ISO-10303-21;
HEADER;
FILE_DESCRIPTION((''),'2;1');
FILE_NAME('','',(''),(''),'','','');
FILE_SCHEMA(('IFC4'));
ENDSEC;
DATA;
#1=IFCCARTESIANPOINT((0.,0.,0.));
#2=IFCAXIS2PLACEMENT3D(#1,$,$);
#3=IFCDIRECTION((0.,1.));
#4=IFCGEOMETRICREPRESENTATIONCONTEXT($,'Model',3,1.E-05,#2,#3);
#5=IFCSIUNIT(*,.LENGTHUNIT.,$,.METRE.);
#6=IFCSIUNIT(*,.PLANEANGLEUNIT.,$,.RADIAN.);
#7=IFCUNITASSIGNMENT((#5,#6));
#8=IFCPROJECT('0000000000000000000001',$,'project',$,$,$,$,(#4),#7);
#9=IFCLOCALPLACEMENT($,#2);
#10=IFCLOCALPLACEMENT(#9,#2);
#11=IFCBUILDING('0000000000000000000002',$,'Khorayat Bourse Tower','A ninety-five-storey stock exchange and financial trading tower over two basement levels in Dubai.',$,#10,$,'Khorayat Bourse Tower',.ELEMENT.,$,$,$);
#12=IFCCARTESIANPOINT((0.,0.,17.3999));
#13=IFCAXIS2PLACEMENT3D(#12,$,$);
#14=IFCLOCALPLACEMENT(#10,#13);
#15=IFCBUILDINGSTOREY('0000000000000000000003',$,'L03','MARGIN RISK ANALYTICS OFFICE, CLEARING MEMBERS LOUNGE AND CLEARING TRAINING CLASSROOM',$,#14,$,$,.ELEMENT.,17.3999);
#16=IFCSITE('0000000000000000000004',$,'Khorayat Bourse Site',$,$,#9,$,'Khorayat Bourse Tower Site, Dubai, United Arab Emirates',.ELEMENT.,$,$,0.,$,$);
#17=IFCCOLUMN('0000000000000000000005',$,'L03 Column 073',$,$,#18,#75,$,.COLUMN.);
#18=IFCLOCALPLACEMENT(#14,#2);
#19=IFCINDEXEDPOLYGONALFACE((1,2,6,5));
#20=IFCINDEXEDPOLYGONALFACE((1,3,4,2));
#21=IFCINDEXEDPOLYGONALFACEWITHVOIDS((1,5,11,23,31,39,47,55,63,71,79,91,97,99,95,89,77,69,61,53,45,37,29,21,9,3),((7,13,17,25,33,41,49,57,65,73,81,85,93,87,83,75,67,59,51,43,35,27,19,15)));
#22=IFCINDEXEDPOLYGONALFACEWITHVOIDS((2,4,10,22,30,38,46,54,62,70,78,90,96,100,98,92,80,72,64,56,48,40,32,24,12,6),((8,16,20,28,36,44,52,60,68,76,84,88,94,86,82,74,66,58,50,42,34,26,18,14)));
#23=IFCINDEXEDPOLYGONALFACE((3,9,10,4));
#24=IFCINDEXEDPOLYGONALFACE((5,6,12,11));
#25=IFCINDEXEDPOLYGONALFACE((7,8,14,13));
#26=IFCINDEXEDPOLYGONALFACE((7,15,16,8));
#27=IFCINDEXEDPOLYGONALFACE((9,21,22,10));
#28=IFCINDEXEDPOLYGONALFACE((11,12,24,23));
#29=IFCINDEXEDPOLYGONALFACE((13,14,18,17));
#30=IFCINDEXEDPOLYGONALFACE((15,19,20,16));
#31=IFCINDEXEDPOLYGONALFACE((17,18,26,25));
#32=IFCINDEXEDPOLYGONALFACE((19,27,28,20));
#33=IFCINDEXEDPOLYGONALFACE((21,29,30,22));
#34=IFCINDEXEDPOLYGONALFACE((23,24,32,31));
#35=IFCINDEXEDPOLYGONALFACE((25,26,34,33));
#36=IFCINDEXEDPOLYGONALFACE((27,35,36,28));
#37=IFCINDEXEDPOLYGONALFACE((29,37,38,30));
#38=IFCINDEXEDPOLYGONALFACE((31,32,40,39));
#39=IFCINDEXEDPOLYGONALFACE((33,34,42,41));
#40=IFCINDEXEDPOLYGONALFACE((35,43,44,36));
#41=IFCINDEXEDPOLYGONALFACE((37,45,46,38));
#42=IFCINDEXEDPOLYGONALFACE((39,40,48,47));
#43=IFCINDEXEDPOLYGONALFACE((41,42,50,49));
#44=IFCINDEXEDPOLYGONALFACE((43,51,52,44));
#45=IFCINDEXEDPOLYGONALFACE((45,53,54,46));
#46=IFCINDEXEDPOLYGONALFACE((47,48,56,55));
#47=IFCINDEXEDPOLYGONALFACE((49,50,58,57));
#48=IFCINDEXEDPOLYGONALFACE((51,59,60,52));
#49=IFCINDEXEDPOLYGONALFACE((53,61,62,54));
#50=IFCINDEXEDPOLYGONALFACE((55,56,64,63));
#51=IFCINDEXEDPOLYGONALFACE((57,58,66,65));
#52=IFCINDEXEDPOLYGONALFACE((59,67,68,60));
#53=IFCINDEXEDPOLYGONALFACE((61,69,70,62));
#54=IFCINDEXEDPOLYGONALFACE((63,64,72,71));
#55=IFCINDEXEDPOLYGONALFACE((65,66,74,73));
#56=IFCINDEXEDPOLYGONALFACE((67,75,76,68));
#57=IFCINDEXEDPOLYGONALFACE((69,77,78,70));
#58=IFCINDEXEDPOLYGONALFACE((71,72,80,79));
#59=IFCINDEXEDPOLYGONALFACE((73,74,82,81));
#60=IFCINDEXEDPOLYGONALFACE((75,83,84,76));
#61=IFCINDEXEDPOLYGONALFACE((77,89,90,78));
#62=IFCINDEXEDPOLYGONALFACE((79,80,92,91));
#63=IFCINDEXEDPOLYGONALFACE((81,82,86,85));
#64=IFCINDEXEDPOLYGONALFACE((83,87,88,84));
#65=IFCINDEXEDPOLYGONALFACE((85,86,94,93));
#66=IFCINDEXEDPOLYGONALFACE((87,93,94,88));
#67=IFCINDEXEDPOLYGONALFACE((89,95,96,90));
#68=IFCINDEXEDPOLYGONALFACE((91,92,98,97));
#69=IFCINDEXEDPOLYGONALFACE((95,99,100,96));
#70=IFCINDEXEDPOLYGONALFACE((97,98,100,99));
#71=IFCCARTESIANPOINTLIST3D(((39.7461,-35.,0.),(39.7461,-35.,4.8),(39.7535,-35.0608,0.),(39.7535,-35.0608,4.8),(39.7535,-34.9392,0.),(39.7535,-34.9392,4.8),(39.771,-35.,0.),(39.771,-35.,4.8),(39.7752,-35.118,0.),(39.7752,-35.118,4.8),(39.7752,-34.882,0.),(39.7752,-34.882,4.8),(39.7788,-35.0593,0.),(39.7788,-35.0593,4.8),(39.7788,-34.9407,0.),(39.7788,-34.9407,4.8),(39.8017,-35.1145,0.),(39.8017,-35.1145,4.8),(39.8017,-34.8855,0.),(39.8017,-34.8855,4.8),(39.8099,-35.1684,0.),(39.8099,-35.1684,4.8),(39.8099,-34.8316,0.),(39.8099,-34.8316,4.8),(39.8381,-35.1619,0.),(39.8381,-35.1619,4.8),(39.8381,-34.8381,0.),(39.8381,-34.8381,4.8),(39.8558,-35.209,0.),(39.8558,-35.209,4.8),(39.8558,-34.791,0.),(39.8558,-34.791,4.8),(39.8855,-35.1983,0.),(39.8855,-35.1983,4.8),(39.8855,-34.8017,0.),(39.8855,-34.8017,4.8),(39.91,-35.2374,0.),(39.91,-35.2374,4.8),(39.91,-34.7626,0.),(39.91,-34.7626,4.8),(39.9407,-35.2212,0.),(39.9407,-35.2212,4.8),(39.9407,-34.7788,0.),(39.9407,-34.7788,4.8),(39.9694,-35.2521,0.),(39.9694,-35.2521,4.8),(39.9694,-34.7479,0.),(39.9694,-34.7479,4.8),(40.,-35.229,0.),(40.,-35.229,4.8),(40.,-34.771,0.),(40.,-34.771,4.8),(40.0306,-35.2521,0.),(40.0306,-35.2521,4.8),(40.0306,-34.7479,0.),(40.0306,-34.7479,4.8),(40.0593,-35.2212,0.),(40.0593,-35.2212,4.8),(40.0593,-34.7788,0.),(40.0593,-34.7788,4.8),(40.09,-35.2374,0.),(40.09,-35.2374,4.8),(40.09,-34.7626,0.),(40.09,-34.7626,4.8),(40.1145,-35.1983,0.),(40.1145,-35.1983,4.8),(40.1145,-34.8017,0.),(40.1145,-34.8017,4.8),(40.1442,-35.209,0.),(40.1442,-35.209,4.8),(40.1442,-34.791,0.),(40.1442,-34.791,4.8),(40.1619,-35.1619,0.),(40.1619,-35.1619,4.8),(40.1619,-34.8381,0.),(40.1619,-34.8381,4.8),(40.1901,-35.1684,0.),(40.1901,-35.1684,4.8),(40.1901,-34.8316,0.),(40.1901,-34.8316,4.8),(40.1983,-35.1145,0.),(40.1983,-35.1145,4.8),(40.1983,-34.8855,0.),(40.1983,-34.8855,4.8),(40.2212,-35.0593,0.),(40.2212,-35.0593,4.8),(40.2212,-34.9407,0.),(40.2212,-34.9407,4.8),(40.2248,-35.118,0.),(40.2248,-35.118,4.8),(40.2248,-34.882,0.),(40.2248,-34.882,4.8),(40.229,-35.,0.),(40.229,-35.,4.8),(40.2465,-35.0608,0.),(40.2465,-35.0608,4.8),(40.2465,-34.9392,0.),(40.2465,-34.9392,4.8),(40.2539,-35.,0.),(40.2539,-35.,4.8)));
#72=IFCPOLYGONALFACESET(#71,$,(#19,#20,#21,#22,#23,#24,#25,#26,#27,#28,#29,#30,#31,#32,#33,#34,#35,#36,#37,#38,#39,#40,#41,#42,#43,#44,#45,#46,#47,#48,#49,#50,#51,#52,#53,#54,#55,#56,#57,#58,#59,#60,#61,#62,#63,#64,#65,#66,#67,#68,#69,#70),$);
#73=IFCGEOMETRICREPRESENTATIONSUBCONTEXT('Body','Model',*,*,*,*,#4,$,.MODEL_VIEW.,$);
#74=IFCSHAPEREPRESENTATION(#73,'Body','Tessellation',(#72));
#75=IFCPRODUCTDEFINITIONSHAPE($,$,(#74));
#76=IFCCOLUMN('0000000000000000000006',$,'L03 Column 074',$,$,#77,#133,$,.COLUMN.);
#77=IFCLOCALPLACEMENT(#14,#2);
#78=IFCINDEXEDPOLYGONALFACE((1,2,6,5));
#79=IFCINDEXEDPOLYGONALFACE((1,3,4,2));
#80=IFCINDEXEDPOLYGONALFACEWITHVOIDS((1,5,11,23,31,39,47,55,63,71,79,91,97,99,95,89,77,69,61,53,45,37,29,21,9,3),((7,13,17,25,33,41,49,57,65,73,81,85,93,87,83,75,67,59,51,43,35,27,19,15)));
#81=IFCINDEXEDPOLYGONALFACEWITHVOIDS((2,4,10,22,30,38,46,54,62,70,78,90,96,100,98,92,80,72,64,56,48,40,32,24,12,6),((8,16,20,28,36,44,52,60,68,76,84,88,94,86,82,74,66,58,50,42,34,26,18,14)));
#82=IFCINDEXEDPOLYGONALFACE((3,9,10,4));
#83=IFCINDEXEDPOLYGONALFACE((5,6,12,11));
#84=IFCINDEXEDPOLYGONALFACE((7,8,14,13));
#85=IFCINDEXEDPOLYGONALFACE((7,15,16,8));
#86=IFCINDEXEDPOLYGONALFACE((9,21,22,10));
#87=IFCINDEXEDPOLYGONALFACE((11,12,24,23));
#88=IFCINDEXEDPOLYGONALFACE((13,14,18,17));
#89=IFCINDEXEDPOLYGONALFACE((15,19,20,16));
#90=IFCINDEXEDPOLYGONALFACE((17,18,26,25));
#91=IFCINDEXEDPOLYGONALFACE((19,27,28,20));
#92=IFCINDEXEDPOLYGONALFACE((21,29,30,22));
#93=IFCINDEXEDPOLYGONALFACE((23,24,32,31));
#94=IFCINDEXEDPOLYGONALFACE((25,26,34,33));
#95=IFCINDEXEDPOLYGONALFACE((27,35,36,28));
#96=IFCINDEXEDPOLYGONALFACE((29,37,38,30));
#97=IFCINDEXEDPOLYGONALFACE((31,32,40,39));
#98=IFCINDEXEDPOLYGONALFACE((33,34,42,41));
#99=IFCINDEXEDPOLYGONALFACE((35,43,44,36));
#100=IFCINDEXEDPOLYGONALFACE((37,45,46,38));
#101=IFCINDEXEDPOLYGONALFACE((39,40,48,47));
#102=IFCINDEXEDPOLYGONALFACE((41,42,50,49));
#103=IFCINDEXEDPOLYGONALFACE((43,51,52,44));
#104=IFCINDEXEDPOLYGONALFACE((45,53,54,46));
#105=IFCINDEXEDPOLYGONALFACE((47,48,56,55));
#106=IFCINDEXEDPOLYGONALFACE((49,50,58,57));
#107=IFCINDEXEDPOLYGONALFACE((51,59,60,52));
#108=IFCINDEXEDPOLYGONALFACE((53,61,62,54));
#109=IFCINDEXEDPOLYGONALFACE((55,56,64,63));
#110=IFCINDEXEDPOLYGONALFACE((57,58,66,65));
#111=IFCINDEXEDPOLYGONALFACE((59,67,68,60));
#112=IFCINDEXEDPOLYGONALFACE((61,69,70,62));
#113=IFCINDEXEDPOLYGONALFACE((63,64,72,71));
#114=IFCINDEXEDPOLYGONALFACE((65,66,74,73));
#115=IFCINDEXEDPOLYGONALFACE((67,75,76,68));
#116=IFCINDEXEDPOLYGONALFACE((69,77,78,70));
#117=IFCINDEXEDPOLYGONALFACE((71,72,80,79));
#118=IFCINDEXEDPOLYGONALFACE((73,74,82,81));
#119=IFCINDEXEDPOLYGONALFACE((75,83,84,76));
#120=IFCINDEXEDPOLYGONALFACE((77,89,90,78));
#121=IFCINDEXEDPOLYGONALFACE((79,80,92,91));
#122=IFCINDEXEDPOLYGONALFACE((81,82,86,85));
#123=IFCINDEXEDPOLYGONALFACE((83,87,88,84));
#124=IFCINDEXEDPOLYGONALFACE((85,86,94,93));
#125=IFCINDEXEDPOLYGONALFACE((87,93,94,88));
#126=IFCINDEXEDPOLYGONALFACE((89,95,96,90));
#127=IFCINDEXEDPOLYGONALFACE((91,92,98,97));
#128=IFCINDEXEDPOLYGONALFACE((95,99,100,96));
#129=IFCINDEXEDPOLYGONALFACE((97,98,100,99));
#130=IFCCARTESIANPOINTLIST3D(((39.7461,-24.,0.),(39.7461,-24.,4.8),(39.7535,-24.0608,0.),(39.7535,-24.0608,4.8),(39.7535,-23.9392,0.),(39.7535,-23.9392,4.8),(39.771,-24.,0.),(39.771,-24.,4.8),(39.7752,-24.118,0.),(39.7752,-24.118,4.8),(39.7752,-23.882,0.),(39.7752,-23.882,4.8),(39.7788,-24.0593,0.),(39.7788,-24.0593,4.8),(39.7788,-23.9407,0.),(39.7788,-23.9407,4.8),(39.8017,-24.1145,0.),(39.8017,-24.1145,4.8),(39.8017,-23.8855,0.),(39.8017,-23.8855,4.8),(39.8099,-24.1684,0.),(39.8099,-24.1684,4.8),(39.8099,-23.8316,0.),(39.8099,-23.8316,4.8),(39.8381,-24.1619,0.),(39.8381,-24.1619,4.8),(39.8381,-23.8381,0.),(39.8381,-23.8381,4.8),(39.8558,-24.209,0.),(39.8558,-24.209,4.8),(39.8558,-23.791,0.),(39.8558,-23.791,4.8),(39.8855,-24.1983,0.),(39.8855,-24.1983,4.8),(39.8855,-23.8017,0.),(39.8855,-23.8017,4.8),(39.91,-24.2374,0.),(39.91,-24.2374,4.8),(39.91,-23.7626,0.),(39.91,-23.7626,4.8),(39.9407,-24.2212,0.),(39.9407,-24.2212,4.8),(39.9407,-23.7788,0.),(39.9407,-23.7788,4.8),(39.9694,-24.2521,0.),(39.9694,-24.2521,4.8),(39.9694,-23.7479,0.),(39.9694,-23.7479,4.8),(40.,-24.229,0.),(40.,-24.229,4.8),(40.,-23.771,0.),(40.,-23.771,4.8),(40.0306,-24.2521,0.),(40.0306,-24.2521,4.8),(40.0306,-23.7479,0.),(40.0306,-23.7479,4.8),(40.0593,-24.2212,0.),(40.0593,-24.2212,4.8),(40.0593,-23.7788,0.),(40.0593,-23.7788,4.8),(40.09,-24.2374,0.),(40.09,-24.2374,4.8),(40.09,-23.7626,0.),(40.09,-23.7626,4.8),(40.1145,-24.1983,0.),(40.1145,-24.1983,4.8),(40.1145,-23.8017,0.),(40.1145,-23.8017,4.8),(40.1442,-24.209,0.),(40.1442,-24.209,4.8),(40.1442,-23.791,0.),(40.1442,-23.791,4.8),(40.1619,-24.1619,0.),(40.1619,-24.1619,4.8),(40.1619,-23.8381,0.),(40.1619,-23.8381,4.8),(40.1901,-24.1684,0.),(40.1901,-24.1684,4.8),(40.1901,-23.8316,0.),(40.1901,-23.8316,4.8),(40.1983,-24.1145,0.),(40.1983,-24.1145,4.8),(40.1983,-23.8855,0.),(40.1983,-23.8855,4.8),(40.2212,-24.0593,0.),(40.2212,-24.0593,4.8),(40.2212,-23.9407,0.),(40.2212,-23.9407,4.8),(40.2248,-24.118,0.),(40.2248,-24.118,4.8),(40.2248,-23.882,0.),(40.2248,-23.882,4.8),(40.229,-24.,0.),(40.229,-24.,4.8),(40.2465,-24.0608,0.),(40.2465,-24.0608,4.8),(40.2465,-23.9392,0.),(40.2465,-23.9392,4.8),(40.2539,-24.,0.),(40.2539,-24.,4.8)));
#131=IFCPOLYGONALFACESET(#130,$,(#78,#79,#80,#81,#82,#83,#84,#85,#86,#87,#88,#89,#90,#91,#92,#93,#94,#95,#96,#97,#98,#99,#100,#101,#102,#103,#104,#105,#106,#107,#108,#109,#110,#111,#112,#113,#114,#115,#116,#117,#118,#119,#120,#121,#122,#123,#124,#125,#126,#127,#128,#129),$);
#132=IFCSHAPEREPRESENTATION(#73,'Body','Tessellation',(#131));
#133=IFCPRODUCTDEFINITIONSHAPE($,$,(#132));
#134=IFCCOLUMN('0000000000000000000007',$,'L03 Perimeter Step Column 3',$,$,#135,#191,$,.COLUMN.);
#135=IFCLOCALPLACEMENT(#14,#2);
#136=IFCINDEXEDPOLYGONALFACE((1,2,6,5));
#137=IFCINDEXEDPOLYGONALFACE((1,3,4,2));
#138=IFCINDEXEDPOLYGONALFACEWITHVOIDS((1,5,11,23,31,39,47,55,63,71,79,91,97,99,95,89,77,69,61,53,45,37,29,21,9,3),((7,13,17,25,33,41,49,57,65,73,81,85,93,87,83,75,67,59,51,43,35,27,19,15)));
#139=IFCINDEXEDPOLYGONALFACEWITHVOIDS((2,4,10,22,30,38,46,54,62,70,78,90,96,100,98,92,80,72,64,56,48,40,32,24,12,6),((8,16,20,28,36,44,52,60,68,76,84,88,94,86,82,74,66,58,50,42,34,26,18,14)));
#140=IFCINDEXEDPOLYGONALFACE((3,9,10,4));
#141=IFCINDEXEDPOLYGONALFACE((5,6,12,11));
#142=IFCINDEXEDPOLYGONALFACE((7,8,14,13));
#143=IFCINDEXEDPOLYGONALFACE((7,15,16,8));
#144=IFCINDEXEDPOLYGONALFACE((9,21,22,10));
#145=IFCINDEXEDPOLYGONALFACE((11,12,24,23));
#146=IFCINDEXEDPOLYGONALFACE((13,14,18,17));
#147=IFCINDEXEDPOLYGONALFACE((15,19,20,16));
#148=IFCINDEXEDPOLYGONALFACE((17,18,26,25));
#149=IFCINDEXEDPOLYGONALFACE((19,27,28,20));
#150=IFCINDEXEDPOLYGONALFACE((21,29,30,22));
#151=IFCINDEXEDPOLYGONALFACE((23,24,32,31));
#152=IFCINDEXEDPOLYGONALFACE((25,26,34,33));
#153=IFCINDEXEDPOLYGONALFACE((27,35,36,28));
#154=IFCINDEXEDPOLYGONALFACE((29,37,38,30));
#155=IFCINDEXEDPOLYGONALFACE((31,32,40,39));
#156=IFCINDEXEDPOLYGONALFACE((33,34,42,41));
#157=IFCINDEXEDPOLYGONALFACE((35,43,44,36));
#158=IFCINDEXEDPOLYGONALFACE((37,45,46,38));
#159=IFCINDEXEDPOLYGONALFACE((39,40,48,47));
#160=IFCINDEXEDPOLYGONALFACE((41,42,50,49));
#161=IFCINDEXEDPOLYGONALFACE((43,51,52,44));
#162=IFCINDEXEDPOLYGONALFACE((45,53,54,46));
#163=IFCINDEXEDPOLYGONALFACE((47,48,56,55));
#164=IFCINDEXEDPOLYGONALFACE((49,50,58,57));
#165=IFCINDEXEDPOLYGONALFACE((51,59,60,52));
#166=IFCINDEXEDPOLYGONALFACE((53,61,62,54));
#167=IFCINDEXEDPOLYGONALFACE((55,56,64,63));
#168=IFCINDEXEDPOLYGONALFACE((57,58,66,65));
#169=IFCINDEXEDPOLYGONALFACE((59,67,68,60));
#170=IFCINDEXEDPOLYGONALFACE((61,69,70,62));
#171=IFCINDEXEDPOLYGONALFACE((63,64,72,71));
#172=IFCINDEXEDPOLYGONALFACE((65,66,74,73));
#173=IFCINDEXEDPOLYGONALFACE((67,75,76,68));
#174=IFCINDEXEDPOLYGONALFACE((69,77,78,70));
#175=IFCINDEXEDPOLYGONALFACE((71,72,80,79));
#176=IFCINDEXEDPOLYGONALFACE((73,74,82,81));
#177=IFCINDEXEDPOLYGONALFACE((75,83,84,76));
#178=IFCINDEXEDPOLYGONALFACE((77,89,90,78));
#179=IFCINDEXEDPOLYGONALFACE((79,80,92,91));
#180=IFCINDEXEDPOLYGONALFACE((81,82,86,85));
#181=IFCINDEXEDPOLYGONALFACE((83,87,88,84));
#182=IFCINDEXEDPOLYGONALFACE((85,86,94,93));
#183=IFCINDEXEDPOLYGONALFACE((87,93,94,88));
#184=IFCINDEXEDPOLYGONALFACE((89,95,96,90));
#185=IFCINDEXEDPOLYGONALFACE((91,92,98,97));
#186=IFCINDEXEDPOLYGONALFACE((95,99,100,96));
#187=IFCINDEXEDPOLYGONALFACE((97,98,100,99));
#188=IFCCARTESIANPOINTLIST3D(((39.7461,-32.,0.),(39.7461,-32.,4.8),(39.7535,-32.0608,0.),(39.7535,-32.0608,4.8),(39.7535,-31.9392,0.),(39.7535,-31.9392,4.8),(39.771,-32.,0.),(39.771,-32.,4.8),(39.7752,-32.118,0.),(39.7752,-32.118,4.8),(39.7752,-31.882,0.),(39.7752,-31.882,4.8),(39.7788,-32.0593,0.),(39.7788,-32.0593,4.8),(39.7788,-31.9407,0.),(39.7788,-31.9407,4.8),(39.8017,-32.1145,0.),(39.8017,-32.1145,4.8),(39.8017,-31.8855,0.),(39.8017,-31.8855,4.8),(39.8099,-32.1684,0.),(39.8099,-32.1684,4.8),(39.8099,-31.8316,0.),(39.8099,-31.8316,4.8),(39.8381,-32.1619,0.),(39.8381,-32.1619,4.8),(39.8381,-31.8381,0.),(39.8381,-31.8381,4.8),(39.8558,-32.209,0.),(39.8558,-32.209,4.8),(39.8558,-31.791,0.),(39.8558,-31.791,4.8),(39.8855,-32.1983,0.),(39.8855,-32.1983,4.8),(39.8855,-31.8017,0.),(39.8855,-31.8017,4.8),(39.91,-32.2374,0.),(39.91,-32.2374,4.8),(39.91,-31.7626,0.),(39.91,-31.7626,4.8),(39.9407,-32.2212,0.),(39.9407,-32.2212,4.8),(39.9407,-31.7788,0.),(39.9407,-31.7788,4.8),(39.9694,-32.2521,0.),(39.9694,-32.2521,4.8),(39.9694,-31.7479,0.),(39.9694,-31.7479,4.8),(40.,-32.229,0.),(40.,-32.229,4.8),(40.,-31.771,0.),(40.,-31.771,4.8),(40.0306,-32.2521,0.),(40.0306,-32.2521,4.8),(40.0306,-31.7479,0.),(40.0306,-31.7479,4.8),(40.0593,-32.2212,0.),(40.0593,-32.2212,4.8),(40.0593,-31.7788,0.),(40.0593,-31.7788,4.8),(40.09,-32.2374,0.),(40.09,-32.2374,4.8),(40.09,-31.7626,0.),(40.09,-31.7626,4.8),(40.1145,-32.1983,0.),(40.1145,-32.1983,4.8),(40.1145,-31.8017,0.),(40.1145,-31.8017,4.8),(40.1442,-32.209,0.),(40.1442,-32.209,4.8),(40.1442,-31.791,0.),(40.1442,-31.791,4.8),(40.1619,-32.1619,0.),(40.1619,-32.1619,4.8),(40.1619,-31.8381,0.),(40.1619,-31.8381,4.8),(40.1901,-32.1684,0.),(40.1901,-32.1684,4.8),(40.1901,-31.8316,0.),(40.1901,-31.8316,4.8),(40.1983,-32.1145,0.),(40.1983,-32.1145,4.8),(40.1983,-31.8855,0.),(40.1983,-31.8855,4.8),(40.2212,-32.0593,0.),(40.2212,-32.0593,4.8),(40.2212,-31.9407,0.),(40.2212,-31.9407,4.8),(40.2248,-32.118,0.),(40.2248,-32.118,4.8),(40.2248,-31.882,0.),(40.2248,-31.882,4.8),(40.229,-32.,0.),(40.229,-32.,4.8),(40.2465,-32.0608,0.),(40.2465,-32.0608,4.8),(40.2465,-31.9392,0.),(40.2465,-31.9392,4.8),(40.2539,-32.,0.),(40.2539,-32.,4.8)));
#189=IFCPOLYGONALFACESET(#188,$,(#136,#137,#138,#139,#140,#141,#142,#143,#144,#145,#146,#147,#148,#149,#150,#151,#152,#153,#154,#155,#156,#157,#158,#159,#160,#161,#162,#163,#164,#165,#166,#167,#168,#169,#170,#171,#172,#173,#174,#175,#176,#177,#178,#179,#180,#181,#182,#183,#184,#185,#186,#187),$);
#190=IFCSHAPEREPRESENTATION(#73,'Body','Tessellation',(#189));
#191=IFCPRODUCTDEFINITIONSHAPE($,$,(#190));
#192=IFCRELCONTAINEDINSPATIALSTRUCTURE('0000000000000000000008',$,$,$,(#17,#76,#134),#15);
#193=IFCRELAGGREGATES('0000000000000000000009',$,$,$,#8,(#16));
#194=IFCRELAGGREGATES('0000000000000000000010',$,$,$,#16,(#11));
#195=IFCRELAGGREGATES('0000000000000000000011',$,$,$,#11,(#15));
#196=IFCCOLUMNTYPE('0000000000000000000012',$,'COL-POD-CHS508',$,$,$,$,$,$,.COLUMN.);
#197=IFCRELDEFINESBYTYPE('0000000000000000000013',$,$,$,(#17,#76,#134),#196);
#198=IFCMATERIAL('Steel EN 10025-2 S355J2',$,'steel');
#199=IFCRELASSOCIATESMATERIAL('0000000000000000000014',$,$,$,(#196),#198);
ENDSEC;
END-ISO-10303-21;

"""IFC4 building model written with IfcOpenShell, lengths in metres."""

from ifc_helpers import new_model, si_unit, direction, frame, origin, origin_2d, place, context, subcontext, project, spatial, hollow_circle, extrude, source, transform, mapped, material, material_profile, profile_set, type_object, element, save


model = new_model("IFC4")

# Units and contexts
model_context = context("Model", 3, precision=1e-05, world=origin(), true_north=direction((0.0, 1.0)))
body_context = subcontext(model_context, "Body", "Model", "MODEL_VIEW")
ifc_project = project(units=[si_unit("LENGTHUNIT", "METRE"), si_unit("PLANEANGLEUNIT", "RADIAN")], contexts=[model_context])

# Site, building, storey
site_placement = place(None, origin())
site = spatial("IfcSite", under=ifc_project, at=site_placement, Name="Khorayat Bourse Site", LongName="Khorayat Bourse Tower Site, Dubai, United Arab Emirates", CompositionType="ELEMENT", RefElevation=0.0)
building_placement = place(site_placement, origin())
building = spatial("IfcBuilding", under=site, at=building_placement, Name="Khorayat Bourse Tower", Description="A ninety-five-storey stock exchange and financial trading tower over two basement levels in Dubai.", LongName="Khorayat Bourse Tower", CompositionType="ELEMENT")
storey_placement = place(building_placement, frame((0.0, 0.0, 17.3999)))
storey = spatial("IfcBuildingStorey", under=building, at=storey_placement, Name="L03", Description="MARGIN RISK ANALYTICS OFFICE, CLEARING MEMBERS LOUNGE AND CLEARING TRAINING CLASSROOM", CompositionType="ELEMENT", Elevation=17.3999)

# Columns
ifc_material_1 = material(Name="Steel EN 10025-2 S355J2", Category="steel")
ifc_material_profile_1 = material_profile(ifc_material_1, hollow_circle(Radius=0.2539, WallThickness=0.0249, at=origin_2d()), Name="CHS 508x25")
ifc_profile_set_1 = profile_set([ifc_material_profile_1], Name="Steel EN 10025-2 S355J2")
column_type_1 = type_object("IfcColumnType", Name="COL-POD-CHS508", PredefinedType="COLUMN", material=ifc_profile_set_1)
shared_shape_1 = source(origin(), body_context, "Body", "SweptSolid", [
    extrude(hollow_circle(Radius=0.2539, WallThickness=0.0249, at=origin_2d()), origin(), (0.0, 0.0, 1.0), 4.8),
])
for number, where, z_axis, x_axis, name in (
    (1, (40.0, -35.0, 0.0), (0.0, 0.0, 1.0), (1.0, 0.0, 0.0), "L03 Column 073"),
    (2, (40.0, -24.0, 0.0), (0.0, 0.0, 1.0), (1.0, 0.0, 0.0), "L03 Column 074"),
    (3, (40.0, -32.0, 0.0), (0.0, 0.0, 1.0), (1.0, 0.0, 0.0), "L03 Perimeter Step Column 3"),
):
    element("IfcColumn", number, at=place(storey_placement, frame(where, z_axis=z_axis, x_axis=x_axis)), inside=storey, type_object=column_type_1, Name=name, PredefinedType="COLUMN", context=body_context, shape_type="MappedRepresentation", body=[
        mapped(shared_shape_1, transform((0.0, 0.0, 0.0), scale=1.0)),
    ])

save(model, "model.ifc")
